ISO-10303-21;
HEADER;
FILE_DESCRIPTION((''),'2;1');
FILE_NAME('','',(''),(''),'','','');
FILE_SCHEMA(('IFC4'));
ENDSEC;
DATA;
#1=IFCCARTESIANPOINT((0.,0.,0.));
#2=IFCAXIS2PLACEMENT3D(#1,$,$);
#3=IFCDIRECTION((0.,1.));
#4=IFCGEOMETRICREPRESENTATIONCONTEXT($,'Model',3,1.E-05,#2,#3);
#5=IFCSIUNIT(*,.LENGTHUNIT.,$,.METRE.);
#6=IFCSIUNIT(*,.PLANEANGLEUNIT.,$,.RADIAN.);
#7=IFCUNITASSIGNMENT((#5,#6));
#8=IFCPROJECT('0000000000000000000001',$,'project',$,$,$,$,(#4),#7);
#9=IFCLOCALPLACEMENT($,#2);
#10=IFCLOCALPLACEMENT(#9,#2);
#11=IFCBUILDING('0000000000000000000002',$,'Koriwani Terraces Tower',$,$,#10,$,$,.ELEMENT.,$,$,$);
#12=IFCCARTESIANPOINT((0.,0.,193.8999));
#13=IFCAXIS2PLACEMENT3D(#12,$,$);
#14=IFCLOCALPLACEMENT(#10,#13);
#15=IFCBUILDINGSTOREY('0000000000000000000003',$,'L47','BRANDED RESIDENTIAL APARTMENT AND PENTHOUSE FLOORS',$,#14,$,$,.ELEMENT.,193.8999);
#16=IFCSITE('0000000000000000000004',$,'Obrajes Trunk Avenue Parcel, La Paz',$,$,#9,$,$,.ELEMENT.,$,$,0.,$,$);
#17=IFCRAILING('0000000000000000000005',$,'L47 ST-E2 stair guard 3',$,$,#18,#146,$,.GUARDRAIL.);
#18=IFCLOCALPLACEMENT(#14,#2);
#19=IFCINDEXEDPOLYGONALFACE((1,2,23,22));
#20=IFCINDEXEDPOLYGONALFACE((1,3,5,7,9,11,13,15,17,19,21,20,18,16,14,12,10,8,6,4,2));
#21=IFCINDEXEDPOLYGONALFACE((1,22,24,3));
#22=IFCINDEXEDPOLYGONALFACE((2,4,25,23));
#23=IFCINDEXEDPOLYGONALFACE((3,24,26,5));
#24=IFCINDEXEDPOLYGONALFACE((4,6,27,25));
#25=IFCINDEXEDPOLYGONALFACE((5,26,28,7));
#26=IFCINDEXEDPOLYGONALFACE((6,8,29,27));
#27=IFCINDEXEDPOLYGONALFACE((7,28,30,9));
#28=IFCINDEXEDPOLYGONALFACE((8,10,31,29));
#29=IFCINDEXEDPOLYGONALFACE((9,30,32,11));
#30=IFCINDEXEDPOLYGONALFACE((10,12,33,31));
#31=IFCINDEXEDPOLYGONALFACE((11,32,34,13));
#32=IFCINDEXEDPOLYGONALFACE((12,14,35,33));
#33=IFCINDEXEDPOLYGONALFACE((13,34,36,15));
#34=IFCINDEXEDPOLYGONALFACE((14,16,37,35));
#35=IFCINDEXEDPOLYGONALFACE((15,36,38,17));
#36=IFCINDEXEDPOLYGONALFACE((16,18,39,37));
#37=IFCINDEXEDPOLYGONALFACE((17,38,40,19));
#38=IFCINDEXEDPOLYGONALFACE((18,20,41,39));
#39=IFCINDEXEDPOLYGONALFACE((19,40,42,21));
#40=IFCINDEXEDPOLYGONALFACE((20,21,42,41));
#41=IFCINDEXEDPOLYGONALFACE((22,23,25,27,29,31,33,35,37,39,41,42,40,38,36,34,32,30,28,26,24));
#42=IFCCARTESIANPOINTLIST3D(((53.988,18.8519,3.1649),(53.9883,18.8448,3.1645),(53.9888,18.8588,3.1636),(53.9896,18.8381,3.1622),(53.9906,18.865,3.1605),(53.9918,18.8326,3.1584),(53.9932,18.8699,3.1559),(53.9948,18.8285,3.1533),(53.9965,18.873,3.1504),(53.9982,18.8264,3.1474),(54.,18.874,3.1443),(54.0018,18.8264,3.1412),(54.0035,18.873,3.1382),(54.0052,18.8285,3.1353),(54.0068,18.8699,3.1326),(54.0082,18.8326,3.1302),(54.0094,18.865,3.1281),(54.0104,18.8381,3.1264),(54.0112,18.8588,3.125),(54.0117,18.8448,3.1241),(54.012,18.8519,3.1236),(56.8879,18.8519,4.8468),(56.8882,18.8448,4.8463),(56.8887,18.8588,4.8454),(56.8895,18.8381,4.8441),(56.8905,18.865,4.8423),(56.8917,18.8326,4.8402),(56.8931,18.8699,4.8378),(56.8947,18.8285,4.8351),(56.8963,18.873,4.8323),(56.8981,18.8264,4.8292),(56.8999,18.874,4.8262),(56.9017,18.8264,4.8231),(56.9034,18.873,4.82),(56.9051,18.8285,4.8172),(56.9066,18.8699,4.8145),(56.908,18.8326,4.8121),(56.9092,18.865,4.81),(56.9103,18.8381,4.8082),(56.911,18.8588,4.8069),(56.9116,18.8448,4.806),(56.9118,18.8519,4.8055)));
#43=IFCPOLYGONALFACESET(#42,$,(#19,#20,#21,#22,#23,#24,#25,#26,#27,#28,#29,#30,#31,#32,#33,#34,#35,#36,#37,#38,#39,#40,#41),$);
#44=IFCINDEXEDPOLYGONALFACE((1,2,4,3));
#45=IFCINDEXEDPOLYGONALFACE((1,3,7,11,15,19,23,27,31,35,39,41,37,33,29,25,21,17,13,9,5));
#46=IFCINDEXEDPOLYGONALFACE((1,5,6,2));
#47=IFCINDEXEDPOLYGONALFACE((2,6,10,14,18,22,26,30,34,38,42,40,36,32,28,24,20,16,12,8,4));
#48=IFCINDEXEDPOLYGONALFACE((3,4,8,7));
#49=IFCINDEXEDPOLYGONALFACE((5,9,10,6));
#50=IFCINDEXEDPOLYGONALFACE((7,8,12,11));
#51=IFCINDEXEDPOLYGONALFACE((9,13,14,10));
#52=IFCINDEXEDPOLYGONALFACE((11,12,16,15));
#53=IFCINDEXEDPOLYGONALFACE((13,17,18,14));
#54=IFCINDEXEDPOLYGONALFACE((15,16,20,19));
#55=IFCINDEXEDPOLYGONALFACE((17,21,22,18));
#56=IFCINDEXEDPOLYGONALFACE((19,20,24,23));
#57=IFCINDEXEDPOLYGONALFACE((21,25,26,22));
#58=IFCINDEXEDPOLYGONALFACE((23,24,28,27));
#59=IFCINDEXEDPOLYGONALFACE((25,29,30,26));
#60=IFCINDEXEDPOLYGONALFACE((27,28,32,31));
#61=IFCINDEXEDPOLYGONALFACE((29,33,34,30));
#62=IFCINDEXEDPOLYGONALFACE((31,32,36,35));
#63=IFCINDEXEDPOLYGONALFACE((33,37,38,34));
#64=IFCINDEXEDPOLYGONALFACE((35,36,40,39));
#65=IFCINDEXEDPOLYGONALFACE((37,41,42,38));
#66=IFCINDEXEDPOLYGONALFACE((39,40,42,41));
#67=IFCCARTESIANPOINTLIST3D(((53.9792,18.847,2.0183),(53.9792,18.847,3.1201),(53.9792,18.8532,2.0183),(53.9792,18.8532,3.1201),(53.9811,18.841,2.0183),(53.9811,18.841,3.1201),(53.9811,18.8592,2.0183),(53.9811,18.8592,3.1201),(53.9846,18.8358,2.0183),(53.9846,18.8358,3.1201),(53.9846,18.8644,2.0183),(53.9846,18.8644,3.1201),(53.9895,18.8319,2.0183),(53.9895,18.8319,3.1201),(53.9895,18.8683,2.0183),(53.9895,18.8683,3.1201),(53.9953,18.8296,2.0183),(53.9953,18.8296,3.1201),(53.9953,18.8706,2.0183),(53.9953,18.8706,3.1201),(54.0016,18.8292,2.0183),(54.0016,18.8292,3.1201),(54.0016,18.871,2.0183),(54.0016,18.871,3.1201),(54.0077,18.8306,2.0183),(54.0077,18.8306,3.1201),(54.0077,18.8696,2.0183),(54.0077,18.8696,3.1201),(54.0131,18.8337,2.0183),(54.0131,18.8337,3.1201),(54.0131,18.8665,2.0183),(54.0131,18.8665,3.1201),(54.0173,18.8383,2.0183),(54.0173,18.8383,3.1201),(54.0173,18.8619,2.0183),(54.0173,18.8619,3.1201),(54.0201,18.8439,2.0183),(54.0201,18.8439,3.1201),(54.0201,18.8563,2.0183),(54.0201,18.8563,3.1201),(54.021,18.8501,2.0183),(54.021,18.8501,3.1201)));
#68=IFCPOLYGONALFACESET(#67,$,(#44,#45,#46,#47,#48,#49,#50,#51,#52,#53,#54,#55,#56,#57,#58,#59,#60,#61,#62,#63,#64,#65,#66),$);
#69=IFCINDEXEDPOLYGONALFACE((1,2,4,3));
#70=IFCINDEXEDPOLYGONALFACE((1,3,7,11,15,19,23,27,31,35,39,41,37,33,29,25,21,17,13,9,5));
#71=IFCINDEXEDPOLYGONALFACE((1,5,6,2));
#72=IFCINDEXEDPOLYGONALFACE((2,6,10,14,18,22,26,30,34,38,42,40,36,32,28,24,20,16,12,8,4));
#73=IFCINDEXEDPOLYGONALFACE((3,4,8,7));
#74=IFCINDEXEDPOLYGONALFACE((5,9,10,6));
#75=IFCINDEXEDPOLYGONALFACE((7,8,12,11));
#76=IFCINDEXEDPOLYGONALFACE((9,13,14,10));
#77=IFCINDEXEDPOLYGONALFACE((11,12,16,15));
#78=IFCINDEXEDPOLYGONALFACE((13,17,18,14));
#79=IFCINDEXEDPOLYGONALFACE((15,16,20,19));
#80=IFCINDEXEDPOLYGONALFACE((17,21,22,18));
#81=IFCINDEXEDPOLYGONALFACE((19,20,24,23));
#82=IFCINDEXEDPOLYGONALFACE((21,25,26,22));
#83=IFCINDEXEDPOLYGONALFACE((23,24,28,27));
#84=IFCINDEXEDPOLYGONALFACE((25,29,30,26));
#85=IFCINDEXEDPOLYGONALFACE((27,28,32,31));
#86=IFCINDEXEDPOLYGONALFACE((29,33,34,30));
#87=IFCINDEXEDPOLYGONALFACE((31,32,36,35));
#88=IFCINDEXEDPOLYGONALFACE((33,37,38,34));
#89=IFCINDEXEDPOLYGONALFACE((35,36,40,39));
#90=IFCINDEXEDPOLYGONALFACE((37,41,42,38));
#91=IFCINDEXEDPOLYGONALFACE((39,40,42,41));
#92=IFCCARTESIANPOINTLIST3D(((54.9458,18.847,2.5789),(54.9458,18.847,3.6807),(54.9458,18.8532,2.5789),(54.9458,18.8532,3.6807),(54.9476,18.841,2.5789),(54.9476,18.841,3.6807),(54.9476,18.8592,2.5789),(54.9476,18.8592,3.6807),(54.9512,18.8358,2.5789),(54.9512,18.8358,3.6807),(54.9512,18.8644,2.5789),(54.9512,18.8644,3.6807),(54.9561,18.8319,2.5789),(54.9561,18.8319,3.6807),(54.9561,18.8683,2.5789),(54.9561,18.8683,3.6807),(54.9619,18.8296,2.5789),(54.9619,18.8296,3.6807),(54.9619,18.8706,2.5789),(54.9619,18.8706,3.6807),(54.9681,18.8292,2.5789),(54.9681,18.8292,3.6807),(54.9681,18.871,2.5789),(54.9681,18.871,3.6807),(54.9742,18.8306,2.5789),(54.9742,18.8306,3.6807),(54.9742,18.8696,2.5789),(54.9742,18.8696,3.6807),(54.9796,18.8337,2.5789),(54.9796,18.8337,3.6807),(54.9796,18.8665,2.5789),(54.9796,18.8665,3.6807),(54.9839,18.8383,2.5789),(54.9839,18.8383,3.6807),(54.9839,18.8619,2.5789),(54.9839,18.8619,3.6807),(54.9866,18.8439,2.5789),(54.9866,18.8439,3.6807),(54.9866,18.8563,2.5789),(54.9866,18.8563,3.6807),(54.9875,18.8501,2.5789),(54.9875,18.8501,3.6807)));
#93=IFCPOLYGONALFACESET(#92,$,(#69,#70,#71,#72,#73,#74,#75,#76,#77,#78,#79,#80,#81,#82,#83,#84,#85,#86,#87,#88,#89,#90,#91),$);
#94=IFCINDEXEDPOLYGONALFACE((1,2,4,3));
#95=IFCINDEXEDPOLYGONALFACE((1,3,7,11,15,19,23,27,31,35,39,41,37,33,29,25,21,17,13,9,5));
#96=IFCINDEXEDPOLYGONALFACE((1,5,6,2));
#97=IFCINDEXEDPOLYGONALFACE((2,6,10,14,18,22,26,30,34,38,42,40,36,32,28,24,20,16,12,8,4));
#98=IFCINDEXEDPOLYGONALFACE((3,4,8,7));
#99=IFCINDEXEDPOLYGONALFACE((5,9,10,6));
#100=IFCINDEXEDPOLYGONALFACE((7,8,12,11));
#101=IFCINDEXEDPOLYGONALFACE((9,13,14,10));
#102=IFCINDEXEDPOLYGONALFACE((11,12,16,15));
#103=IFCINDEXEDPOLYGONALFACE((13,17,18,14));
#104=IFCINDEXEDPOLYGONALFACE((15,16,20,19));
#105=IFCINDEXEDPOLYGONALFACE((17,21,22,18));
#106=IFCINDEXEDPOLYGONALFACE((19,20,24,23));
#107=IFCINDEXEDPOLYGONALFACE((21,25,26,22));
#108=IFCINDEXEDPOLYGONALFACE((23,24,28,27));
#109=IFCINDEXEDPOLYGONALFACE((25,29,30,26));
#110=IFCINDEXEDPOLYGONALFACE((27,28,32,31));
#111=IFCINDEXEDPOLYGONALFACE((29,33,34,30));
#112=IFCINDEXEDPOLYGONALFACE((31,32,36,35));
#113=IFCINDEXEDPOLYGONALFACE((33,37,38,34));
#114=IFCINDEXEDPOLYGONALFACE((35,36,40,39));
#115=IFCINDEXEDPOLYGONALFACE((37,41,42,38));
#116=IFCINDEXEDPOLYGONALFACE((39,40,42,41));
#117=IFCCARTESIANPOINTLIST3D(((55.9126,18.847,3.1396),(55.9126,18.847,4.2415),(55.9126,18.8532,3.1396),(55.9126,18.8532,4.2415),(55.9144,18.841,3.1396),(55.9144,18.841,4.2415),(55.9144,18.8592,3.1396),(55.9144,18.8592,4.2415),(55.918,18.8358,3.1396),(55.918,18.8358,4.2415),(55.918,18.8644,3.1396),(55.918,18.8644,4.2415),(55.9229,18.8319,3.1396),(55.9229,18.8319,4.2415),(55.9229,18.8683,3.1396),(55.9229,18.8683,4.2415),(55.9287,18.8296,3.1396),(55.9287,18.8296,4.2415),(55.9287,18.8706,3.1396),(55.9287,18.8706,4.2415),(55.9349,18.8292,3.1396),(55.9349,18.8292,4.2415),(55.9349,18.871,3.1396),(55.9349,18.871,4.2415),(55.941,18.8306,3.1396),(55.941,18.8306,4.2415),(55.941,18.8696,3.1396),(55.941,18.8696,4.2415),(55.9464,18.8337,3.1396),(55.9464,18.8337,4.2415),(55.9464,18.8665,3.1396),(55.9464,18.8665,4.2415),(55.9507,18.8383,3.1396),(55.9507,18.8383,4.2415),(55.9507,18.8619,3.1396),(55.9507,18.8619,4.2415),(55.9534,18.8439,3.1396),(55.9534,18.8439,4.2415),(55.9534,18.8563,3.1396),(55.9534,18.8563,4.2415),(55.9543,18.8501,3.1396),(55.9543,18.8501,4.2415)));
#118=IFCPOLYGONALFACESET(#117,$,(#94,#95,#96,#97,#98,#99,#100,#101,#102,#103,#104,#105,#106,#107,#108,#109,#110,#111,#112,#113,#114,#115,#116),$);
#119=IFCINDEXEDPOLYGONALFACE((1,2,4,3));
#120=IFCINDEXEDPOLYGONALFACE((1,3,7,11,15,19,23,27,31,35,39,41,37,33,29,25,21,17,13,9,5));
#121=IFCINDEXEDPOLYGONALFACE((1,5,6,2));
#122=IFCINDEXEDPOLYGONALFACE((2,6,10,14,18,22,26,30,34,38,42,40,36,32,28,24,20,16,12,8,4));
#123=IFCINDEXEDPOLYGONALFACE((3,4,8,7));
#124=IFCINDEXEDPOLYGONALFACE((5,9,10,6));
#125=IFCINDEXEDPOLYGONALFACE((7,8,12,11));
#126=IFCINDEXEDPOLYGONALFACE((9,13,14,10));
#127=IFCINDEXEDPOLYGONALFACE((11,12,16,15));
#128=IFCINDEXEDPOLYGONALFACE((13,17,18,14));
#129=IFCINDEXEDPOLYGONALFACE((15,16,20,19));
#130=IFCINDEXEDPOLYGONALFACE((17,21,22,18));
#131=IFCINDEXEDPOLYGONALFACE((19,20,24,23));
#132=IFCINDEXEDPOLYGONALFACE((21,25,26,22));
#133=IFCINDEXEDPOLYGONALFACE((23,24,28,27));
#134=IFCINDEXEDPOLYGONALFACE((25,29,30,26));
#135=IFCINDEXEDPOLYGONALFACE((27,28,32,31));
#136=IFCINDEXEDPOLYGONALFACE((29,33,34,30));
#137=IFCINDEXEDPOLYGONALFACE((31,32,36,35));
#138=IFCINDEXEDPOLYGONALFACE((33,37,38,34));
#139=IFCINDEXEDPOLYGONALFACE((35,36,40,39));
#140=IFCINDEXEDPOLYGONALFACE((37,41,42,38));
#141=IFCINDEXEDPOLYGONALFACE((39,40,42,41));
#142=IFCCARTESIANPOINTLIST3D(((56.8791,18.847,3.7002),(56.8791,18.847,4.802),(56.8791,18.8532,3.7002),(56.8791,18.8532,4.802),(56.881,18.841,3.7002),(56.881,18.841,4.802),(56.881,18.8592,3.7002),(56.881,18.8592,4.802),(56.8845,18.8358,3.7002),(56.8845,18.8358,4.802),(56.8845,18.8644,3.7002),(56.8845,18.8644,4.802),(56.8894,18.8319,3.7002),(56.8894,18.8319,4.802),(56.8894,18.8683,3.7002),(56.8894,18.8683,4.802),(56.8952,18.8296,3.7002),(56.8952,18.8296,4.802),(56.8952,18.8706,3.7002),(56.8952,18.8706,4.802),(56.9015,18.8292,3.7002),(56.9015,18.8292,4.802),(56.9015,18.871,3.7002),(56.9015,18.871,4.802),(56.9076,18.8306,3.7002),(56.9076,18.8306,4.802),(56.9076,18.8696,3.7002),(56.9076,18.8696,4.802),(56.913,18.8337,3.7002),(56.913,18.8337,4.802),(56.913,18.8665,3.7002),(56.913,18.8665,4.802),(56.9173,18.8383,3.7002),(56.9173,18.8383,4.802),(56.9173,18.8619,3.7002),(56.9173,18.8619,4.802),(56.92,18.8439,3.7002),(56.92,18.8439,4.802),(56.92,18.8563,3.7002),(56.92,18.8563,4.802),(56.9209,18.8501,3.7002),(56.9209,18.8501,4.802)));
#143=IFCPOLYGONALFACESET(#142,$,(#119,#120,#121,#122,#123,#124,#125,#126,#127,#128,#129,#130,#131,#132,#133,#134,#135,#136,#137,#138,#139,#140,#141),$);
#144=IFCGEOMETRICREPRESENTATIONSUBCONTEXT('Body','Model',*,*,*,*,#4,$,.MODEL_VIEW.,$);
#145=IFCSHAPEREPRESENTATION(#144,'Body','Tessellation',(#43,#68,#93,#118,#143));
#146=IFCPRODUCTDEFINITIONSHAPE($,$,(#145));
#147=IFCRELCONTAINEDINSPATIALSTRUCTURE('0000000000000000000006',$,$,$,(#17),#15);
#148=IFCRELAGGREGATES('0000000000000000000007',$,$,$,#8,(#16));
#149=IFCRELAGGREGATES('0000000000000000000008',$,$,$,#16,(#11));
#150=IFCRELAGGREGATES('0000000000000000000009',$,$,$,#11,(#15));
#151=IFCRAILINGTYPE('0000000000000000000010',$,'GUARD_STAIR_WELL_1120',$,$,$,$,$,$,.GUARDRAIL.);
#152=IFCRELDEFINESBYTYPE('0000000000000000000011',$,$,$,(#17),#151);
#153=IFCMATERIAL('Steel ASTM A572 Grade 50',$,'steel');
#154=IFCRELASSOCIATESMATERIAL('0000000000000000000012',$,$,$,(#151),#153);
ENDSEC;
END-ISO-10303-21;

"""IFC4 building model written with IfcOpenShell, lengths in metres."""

from ifc_helpers import new_model, si_unit, direction, frame, origin, origin_2d, place, context, subcontext, project, spatial, circle, extrude, material, type_object, element, save


model = new_model("IFC4")

# Units and contexts
model_context = context("Model", 3, precision=1e-05, world=origin(), true_north=direction((0.0, 1.0)))
body_context = subcontext(model_context, "Body", "Model", "MODEL_VIEW")
ifc_project = project(units=[si_unit("LENGTHUNIT", "METRE"), si_unit("PLANEANGLEUNIT", "RADIAN")], contexts=[model_context])

# Site, building, storey
site_placement = place(None, origin())
site = spatial("IfcSite", under=ifc_project, at=site_placement, Name="Obrajes Trunk Avenue Parcel, La Paz", CompositionType="ELEMENT", RefElevation=0.0)
building_placement = place(site_placement, origin())
building = spatial("IfcBuilding", under=site, at=building_placement, Name="Koriwani Terraces Tower", CompositionType="ELEMENT")
storey_placement = place(building_placement, frame((0.0, 0.0, 193.8999)))
storey = spatial("IfcBuildingStorey", under=building, at=storey_placement, Name="L47", Description="BRANDED RESIDENTIAL APARTMENT AND PENTHOUSE FLOORS", CompositionType="ELEMENT", Elevation=193.8999)

# Shared definitions
ifc_material_1 = material(Name="Steel ASTM A572 Grade 50", Category="steel")

# Railing
railing_type_1 = type_object("IfcRailingType", Name="GUARD_STAIR_WELL_1120", PredefinedType="GUARDRAIL", material=ifc_material_1)
railing_1_placement = place(storey_placement, frame((54.0, 18.8501, 2.0183)))
element("IfcRailing", 1, at=railing_1_placement, inside=storey, type_object=railing_type_1, Name="L47 ST-E2 stair guard 3", PredefinedType="GUARDRAIL", context=body_context, shape_type="SweptSolid", body=[
    extrude(circle(Radius=0.0239, at=origin_2d()), frame((0.0, 0.0, 1.126), z_axis=(0.865039, 0.0, 0.501705), x_axis=(0.0, 1.0, 0.0)), (0.0, 0.0, 1.0), 3.3523),
    extrude(circle(Radius=0.021, at=origin_2d()), origin(), (0.0, 0.0, 1.0), 1.1018),
    extrude(circle(Radius=0.021, at=origin_2d()), frame((0.9666, 0.0, 0.5605)), (0.0, 0.0, 1.0), 1.1018),
    extrude(circle(Radius=0.021, at=origin_2d()), frame((1.9333, 0.0, 1.1213)), (0.0, 0.0, 1.0), 1.1018),
    extrude(circle(Radius=0.021, at=origin_2d()), frame((2.8999, 0.0, 1.6819)), (0.0, 0.0, 1.0), 1.1018),
])

save(model, "model.ifc")
